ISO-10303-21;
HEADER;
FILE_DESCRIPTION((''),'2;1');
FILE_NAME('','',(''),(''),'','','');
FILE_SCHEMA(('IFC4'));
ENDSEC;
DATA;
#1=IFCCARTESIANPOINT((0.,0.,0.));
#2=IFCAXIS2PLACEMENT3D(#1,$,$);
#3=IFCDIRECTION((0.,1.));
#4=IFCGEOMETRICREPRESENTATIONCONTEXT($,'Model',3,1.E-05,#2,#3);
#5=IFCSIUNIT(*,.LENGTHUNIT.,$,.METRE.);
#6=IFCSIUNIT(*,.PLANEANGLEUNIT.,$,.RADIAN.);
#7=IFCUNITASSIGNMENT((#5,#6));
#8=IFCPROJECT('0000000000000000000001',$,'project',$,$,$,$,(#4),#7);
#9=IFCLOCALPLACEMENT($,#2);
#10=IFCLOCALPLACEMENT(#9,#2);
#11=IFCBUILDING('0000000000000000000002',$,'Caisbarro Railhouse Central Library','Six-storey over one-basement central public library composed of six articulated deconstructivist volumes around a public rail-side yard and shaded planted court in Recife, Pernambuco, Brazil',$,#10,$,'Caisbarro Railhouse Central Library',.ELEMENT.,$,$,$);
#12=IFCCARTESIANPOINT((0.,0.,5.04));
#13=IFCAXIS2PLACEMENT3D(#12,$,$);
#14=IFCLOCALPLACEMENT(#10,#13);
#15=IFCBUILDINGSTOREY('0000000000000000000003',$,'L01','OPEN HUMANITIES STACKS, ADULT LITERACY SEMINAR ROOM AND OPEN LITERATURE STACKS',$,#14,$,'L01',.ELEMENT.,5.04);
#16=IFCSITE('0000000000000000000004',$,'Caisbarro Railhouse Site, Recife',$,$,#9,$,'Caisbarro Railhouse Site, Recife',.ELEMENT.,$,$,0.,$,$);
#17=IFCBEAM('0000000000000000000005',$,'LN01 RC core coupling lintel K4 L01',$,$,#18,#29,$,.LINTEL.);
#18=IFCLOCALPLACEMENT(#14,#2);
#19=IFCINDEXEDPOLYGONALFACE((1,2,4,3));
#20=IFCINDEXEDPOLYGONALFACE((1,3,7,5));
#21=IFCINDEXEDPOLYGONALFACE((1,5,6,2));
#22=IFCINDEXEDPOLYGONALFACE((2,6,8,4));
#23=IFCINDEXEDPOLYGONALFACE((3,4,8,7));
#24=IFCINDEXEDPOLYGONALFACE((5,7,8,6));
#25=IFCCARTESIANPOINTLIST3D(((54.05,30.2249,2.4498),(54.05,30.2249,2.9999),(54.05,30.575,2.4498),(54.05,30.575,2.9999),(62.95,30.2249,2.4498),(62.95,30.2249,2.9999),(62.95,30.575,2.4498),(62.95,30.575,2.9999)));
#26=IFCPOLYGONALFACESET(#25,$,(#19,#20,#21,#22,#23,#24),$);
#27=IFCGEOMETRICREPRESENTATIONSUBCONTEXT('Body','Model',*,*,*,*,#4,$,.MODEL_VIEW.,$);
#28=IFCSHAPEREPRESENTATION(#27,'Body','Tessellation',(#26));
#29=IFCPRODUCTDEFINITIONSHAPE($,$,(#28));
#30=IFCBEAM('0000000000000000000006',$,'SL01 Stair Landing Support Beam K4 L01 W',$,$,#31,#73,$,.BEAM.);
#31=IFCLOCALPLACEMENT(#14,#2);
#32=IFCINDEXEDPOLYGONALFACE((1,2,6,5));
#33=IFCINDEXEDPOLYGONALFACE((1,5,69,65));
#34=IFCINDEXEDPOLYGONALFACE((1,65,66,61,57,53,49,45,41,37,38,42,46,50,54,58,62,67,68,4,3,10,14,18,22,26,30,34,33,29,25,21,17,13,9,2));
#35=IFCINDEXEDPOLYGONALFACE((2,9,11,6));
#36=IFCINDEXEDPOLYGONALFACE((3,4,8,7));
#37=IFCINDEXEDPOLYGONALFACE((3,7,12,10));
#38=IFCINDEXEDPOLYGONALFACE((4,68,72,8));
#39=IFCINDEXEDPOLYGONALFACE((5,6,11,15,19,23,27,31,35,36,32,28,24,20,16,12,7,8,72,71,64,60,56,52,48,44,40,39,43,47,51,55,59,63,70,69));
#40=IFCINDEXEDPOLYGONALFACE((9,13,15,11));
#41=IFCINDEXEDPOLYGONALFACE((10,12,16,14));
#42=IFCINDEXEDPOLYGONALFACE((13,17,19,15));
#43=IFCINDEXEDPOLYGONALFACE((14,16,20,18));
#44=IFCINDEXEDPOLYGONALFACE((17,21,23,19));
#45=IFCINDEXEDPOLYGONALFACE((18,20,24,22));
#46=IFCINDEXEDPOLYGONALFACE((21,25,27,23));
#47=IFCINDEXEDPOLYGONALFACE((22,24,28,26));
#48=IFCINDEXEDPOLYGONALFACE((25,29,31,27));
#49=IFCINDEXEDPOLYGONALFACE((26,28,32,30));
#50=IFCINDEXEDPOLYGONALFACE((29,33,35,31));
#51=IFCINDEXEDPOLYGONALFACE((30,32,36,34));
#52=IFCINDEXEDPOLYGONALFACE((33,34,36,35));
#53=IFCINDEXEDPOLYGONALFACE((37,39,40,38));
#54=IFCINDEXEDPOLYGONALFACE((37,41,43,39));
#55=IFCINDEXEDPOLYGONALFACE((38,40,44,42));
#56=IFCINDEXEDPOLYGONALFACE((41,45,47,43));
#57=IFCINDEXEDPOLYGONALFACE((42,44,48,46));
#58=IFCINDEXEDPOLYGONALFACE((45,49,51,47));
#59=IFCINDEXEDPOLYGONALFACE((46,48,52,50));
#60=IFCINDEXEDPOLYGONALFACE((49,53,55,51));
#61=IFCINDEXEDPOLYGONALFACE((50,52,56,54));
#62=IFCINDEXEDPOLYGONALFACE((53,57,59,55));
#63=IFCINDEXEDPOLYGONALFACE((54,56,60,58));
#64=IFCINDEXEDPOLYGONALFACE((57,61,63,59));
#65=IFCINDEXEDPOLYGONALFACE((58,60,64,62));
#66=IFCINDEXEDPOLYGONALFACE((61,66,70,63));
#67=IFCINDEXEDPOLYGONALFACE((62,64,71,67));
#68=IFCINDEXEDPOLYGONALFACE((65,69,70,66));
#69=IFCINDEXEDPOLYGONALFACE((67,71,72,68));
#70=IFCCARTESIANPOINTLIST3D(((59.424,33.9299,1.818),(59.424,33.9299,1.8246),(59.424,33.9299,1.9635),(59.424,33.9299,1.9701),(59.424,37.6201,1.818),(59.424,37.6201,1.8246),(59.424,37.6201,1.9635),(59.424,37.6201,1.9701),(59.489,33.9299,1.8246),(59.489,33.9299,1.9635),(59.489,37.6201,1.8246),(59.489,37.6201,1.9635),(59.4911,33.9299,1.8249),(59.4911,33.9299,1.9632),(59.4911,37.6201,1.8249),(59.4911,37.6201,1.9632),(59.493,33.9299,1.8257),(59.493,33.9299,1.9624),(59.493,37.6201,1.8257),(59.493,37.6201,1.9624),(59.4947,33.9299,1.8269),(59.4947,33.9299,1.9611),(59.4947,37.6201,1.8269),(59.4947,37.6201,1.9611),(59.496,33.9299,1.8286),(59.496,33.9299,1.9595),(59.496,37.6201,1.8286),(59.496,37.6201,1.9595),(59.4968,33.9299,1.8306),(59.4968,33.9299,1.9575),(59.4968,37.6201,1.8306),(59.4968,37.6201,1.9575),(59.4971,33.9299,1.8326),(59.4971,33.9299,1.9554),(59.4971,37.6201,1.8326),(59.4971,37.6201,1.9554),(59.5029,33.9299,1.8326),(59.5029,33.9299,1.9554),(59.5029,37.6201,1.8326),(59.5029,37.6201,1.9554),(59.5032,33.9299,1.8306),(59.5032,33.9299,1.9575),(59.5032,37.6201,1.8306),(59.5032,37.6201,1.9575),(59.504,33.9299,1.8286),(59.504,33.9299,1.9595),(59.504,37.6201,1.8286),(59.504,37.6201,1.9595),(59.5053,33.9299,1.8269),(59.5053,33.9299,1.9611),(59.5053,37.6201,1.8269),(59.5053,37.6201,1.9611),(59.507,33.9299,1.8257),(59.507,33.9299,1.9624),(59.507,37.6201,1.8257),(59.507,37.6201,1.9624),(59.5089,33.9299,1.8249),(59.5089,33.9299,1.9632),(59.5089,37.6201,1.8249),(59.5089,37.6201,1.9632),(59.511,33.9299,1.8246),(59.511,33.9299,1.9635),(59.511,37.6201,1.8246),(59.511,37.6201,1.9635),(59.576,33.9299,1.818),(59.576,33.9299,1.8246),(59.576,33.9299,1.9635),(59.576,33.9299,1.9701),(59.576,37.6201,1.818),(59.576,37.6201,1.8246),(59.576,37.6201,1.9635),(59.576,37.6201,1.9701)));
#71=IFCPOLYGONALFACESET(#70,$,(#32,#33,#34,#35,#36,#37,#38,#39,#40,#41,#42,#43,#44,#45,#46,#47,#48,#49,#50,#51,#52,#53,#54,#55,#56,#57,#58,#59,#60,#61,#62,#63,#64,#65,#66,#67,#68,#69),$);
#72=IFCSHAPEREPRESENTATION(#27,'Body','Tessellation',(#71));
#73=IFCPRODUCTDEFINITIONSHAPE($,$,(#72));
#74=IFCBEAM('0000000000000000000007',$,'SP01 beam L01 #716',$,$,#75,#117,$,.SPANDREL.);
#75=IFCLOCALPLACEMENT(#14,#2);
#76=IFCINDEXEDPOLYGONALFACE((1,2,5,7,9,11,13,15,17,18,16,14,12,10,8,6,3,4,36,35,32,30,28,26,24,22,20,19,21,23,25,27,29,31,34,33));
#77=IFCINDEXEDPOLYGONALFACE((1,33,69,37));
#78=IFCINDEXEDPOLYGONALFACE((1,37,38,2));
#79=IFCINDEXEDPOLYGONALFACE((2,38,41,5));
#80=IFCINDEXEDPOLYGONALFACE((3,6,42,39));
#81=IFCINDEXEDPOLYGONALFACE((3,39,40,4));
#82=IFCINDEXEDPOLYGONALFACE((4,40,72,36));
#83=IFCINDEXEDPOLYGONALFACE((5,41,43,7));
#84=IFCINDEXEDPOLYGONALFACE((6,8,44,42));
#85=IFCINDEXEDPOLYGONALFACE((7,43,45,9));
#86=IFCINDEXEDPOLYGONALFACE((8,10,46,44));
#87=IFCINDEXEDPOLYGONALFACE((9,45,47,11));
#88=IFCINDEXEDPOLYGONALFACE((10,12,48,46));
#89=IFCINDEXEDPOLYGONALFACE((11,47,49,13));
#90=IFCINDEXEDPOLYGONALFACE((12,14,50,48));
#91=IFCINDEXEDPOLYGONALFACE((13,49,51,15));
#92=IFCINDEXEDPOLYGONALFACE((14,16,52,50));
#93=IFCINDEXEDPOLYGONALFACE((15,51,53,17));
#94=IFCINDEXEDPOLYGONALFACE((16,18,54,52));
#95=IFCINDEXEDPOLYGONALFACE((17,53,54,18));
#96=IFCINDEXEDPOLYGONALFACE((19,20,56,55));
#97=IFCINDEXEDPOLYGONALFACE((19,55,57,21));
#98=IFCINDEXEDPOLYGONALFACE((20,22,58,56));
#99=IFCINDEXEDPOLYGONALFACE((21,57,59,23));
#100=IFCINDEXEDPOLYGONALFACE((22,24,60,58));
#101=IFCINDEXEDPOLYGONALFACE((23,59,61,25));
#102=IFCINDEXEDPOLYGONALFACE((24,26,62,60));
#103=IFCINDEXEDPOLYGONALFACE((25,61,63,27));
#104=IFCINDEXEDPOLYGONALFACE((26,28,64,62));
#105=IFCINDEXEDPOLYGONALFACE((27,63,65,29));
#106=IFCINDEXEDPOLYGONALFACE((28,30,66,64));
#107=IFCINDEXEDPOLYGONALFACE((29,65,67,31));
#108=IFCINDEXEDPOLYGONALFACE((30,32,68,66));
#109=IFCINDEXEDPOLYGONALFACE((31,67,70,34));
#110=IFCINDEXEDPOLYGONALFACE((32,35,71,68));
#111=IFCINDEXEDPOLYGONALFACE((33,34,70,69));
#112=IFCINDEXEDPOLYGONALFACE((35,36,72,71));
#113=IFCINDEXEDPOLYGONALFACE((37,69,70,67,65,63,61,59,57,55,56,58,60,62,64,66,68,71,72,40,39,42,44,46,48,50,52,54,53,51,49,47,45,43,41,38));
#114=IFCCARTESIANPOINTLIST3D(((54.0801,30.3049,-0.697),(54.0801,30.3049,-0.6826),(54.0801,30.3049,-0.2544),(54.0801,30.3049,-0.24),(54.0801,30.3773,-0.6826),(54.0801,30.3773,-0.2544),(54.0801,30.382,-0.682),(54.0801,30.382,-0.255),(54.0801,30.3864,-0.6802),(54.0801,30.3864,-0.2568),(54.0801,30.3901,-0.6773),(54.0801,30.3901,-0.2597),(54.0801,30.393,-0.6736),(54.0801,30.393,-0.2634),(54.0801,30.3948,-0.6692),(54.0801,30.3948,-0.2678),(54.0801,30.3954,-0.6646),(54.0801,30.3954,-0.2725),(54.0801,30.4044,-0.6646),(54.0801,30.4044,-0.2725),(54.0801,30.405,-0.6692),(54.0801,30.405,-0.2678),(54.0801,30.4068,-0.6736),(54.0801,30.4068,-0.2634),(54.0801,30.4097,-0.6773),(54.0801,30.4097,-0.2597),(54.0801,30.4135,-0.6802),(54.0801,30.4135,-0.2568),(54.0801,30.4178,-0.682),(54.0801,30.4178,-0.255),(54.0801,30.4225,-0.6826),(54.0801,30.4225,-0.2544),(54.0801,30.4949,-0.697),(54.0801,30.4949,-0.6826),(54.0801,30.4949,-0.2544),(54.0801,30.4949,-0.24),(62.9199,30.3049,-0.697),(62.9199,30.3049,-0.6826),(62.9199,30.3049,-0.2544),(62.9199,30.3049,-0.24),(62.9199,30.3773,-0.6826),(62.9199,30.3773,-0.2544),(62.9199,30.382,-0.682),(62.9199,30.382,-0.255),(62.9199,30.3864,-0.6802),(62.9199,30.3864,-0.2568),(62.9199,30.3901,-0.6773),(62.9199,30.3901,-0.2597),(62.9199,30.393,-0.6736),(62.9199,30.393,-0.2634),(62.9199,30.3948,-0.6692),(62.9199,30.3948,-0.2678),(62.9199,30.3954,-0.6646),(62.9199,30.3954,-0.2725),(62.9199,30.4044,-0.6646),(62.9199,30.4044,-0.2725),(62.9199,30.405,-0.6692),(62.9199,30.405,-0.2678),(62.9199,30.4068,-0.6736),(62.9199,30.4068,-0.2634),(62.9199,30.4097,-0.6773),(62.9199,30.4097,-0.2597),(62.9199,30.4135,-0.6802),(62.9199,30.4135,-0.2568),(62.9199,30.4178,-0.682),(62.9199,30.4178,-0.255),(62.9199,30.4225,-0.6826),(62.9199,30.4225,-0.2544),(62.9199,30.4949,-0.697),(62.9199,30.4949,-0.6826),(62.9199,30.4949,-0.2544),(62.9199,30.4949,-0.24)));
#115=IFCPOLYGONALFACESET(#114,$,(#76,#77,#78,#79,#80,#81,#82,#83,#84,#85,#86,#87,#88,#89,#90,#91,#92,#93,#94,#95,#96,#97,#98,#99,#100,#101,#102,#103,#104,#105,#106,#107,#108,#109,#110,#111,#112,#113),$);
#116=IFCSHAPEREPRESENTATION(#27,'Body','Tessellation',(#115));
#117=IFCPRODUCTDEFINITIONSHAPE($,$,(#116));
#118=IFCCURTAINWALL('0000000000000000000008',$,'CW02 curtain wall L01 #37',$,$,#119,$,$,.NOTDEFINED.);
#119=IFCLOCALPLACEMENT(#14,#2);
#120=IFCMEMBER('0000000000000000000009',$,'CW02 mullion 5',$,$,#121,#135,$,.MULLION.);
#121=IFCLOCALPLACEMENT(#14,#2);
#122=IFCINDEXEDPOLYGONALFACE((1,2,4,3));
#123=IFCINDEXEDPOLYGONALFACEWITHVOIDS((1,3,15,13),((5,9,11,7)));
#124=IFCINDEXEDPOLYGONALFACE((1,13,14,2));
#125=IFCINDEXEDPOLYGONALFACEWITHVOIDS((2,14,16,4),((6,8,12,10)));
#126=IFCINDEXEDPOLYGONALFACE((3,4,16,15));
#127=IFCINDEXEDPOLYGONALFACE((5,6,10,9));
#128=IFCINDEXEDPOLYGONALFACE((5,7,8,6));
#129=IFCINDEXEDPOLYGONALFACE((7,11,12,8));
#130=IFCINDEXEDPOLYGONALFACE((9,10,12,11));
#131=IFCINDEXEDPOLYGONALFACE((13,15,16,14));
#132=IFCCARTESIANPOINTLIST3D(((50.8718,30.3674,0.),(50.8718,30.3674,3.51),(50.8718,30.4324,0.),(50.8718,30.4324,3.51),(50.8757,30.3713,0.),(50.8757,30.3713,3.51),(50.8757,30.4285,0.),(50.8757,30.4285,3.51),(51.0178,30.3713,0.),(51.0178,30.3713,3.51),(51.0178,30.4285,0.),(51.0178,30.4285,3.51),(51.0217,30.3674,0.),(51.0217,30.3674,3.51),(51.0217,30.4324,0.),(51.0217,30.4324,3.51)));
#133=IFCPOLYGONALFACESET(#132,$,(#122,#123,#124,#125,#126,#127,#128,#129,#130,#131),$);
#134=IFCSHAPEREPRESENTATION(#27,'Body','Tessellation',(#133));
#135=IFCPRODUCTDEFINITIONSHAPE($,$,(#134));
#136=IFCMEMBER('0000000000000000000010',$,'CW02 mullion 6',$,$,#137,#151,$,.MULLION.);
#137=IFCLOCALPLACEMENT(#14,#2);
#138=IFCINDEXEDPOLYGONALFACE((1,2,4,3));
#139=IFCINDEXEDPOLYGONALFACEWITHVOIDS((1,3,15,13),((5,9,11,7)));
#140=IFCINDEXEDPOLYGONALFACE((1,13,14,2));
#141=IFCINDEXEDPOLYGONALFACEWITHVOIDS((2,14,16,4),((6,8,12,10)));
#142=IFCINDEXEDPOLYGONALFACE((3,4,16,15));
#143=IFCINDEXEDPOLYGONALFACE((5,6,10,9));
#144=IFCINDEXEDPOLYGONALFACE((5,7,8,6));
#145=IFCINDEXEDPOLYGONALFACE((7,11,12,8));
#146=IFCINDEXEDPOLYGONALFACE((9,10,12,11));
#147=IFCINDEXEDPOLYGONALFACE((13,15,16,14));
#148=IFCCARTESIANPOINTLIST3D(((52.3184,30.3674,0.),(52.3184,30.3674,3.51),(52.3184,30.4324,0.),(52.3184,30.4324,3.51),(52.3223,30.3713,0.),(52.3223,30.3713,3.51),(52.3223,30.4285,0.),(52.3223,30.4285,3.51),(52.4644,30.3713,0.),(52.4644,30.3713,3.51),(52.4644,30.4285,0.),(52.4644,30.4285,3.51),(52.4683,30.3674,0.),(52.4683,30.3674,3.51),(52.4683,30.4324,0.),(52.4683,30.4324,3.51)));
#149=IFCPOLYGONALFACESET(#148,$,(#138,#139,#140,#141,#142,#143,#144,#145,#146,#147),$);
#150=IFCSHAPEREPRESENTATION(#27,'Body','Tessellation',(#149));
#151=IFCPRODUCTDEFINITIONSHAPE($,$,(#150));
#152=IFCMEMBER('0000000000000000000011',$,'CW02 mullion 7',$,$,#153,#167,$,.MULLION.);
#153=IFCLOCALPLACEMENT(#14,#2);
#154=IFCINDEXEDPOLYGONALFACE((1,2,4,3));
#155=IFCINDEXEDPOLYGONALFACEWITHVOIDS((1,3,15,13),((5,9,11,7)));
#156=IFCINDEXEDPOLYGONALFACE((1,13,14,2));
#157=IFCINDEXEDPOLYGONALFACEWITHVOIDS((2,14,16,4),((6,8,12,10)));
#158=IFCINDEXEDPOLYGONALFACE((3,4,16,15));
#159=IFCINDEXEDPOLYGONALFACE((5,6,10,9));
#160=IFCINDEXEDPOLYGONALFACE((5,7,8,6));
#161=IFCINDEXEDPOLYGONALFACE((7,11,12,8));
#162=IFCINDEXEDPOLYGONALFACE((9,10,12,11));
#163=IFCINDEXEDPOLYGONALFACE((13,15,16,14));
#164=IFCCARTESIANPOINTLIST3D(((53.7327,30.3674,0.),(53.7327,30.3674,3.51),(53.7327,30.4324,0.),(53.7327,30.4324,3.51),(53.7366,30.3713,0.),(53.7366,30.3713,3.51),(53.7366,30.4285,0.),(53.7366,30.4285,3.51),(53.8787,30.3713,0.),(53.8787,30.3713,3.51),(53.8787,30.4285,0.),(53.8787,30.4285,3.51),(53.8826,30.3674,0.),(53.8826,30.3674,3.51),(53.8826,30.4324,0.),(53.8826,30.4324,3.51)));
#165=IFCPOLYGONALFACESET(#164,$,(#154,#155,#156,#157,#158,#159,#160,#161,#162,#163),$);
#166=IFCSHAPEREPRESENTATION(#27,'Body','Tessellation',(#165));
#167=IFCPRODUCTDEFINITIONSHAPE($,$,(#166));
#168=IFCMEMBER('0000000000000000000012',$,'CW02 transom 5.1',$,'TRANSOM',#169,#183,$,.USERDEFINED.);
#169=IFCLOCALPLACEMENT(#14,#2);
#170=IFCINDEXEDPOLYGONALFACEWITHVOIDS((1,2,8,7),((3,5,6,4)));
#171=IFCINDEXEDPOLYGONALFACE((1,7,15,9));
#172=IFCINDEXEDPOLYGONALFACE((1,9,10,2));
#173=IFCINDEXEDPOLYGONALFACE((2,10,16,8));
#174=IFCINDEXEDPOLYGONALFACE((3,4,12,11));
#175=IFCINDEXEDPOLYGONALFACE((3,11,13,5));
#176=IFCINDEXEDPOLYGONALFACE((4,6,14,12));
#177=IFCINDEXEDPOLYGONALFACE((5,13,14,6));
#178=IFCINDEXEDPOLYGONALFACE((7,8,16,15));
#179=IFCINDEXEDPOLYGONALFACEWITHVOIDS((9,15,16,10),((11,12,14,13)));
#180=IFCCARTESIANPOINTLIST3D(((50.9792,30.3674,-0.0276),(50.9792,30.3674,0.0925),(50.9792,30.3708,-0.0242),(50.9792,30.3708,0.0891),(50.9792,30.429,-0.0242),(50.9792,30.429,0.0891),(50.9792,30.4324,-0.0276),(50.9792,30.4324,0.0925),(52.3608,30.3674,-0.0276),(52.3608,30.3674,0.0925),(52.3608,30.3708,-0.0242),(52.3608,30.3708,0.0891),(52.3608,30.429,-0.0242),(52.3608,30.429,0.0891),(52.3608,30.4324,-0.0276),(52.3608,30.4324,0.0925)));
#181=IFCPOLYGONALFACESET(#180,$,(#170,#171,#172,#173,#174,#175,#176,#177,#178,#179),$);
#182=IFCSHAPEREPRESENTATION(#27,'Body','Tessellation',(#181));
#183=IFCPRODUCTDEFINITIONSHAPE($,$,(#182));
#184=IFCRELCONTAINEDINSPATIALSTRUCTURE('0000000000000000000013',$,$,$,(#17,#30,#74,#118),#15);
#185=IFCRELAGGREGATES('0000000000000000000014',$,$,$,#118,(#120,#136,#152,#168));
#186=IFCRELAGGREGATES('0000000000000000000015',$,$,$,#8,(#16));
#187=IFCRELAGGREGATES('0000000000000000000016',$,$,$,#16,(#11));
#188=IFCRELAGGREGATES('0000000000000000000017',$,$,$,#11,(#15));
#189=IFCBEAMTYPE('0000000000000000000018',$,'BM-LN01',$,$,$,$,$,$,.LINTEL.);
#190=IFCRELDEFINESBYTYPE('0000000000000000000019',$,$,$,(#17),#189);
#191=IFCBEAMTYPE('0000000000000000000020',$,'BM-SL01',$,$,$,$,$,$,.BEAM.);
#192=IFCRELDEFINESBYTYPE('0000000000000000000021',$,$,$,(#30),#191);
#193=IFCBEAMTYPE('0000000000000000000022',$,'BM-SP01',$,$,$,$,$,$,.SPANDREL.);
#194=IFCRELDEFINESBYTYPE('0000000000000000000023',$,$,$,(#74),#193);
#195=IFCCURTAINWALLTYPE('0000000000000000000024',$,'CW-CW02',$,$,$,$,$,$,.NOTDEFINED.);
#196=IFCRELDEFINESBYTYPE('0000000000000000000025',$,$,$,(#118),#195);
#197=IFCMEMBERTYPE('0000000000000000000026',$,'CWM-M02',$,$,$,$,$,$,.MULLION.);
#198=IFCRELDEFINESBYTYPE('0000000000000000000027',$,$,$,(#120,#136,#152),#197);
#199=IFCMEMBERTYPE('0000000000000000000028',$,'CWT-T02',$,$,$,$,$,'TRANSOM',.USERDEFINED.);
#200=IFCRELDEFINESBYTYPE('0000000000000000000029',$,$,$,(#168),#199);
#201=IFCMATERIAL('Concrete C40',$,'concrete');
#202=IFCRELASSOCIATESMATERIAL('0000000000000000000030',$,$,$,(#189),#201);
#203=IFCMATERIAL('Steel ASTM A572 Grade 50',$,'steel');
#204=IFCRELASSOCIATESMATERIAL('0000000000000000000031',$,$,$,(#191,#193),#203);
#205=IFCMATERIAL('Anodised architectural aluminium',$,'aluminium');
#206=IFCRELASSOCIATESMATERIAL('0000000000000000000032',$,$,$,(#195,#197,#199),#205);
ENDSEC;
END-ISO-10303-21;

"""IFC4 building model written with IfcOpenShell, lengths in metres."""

from ifc_helpers import new_model, si_unit, direction, frame, origin, origin_2d, place, context, subcontext, project, spatial, rectangle, hollow_rectangle, i_section, extrude, material, material_profile, profile_set, type_object, element, aggregate, save


model = new_model("IFC4")

# Units and contexts
model_context = context("Model", 3, precision=1e-05, world=origin(), true_north=direction((0.0, 1.0)))
body_context = subcontext(model_context, "Body", "Model", "MODEL_VIEW")
ifc_project = project(units=[si_unit("LENGTHUNIT", "METRE"), si_unit("PLANEANGLEUNIT", "RADIAN")], contexts=[model_context])

# Site, building, storey
site_placement = place(None, origin())
site = spatial("IfcSite", under=ifc_project, at=site_placement, Name="Caisbarro Railhouse Site, Recife", LongName="Caisbarro Railhouse Site, Recife", CompositionType="ELEMENT", RefElevation=0.0)
building_placement = place(site_placement, origin())
building = spatial("IfcBuilding", under=site, at=building_placement, Name="Caisbarro Railhouse Central Library", Description="Six-storey over one-basement central public library composed of six articulated deconstructivist volumes around a public rail-side yard and shaded planted court in Recife, Pernambuco, Brazil", LongName="Caisbarro Railhouse Central Library", CompositionType="ELEMENT")
storey_placement = place(building_placement, frame((0.0, 0.0, 5.04)))
storey = spatial("IfcBuildingStorey", under=building, at=storey_placement, Name="L01", Description="OPEN HUMANITIES STACKS, ADULT LITERACY SEMINAR ROOM AND OPEN LITERATURE STACKS", LongName="L01", CompositionType="ELEMENT", Elevation=5.04)

# Shared definitions
ifc_material_1 = material(Name="Steel ASTM A572 Grade 50", Category="steel")

# Beams
ifc_material_2 = material(Name="Concrete C40", Category="concrete")
ifc_material_profile_1 = material_profile(ifc_material_2, rectangle(XDim=0.3501, YDim=0.55, at=origin_2d()), Name="RC-LIN-350X550")
ifc_profile_set_1 = profile_set([ifc_material_profile_1], Name="Concrete C40")
beam_type_1 = type_object("IfcBeamType", Name="BM-LN01", PredefinedType="LINTEL", material=ifc_profile_set_1)
beam_1_placement = place(storey_placement, frame((54.05, 30.3999, 2.7249), z_axis=(1.0, 0.0, 0.0), x_axis=(0.0, 1.0, 0.0)))
element("IfcBeam", 1, at=beam_1_placement, inside=storey, type_object=beam_type_1, Name="LN01 RC core coupling lintel K4 L01", PredefinedType="LINTEL", context=body_context, shape_type="SweptSolid", body=[
    extrude(rectangle(XDim=0.3501, YDim=0.55, at=origin_2d()), origin(), (0.0, 0.0, 1.0), 8.8999),
])
ifc_material_profile_2 = material_profile(ifc_material_1, i_section(OverallWidth=0.1521, OverallDepth=0.1521, WebThickness=0.0059, FlangeThickness=0.0066, FilletRadius=0.0081, at=origin_2d()), Name="W150X22.5")
ifc_profile_set_2 = profile_set([ifc_material_profile_2], Name="Steel ASTM A572 Grade 50")
beam_type_2 = type_object("IfcBeamType", Name="BM-SL01", PredefinedType="BEAM", material=ifc_profile_set_2)
beam_2_placement = place(storey_placement, frame((59.5, 33.9299, 1.894), z_axis=(0.0, 1.0, 0.0), x_axis=(-1.0, 0.0, 0.0)))
element("IfcBeam", 2, at=beam_2_placement, inside=storey, type_object=beam_type_2, Name="SL01 Stair Landing Support Beam K4 L01 W", PredefinedType="BEAM", context=body_context, shape_type="SweptSolid", body=[
    extrude(i_section(OverallWidth=0.1521, OverallDepth=0.1521, WebThickness=0.0059, FlangeThickness=0.0066, FilletRadius=0.0081, at=origin_2d()), origin(), (0.0, 0.0, 1.0), 3.6902),
])
ifc_material_profile_3 = material_profile(ifc_material_1, i_section(OverallWidth=0.1899, OverallDepth=0.457, WebThickness=0.009, FlangeThickness=0.0144, FilletRadius=0.0181, at=origin_2d()), Name="W460X74.0")
ifc_profile_set_3 = profile_set([ifc_material_profile_3], Name="Steel ASTM A572 Grade 50")
beam_type_3 = type_object("IfcBeamType", Name="BM-SP01", PredefinedType="SPANDREL", material=ifc_profile_set_3)
beam_3_placement = place(storey_placement, frame((54.0801, 30.3999, -0.4685), z_axis=(1.0, 0.0, 0.0), x_axis=(0.0, 1.0, 0.0)))
element("IfcBeam", 3, at=beam_3_placement, inside=storey, type_object=beam_type_3, Name="SP01 beam L01 #716", PredefinedType="SPANDREL", context=body_context, shape_type="SweptSolid", body=[
    extrude(i_section(OverallWidth=0.1899, OverallDepth=0.457, WebThickness=0.009, FlangeThickness=0.0144, FilletRadius=0.0181, at=origin_2d()), origin(), (0.0, 0.0, 1.0), 8.8398),
])

# Curtain wall, members
ifc_material_3 = material(Name="Anodised architectural aluminium", Category="aluminium")
curtain_wall_type = type_object("IfcCurtainWallType", Name="CW-CW02", PredefinedType="NOTDEFINED", material=ifc_material_3)
curtain_wall_placement = place(storey_placement, origin())
curtain_wall = element("IfcCurtainWall", 4, at=curtain_wall_placement, inside=storey, type_object=curtain_wall_type, Name="CW02 curtain wall L01 #37", PredefinedType="NOTDEFINED")
ifc_material_profile_4 = material_profile(ifc_material_3, hollow_rectangle(XDim=0.0649, YDim=0.1499, WallThickness=0.0039, at=origin_2d()), Name="ALU-MUL-65X150")
ifc_profile_set_4 = profile_set([ifc_material_profile_4], Name="Anodised architectural aluminium")
member_type_1 = type_object("IfcMemberType", Name="CWM-M02", PredefinedType="MULLION", material=ifc_profile_set_4)
member_1_placement = place(storey_placement, frame((50.9468, 30.3999, 0.0), z_axis=(0.0, 0.0, 1.0), x_axis=(0.0, 1.0, 0.0)))
member_1 = element("IfcMember", 5, at=member_1_placement, type_object=member_type_1, Name="CW02 mullion 5", PredefinedType="MULLION", context=body_context, shape_type="SweptSolid", body=[
    extrude(hollow_rectangle(XDim=0.0649, YDim=0.1499, WallThickness=0.0039, at=origin_2d()), origin(), (0.0, 0.0, 1.0), 3.51),
])
member_2_placement = place(storey_placement, frame((52.3933, 30.3999, 0.0), z_axis=(0.0, 0.0, 1.0), x_axis=(0.0, 1.0, 0.0)))
member_2 = element("IfcMember", 6, at=member_2_placement, type_object=member_type_1, Name="CW02 mullion 6", PredefinedType="MULLION", context=body_context, shape_type="SweptSolid", body=[
    extrude(hollow_rectangle(XDim=0.0649, YDim=0.1499, WallThickness=0.0039, at=origin_2d()), origin(), (0.0, 0.0, 1.0), 3.51),
])
member_3_placement = place(storey_placement, frame((53.8076, 30.3999, 0.0), z_axis=(0.0, 0.0, 1.0), x_axis=(0.0, 1.0, 0.0)))
member_3 = element("IfcMember", 7, at=member_3_placement, type_object=member_type_1, Name="CW02 mullion 7", PredefinedType="MULLION", context=body_context, shape_type="SweptSolid", body=[
    extrude(hollow_rectangle(XDim=0.0649, YDim=0.1499, WallThickness=0.0039, at=origin_2d()), origin(), (0.0, 0.0, 1.0), 3.51),
])
ifc_material_profile_5 = material_profile(ifc_material_3, hollow_rectangle(XDim=0.0649, YDim=0.1201, WallThickness=0.0034, at=origin_2d()), Name="ALU-TRN-65X120")
ifc_profile_set_5 = profile_set([ifc_material_profile_5], Name="Anodised architectural aluminium")
member_type_2 = type_object("IfcMemberType", Name="CWT-T02", ElementType="TRANSOM", PredefinedType="USERDEFINED", material=ifc_profile_set_5)
member_4_placement = place(storey_placement, frame((50.9792, 30.3999, 0.0325), z_axis=(1.0, 0.0, 0.0), x_axis=(0.0, 1.0, 0.0)))
member_4 = element("IfcMember", 8, at=member_4_placement, type_object=member_type_2, Name="CW02 transom 5.1", ObjectType="TRANSOM", PredefinedType="USERDEFINED", context=body_context, shape_type="SweptSolid", body=[
    extrude(hollow_rectangle(XDim=0.0649, YDim=0.1201, WallThickness=0.0034, at=origin_2d()), origin(), (0.0, 0.0, 1.0), 1.3816),
])
aggregate(curtain_wall, [member_1, member_2, member_3, member_4])

save(model, "model.ifc")
